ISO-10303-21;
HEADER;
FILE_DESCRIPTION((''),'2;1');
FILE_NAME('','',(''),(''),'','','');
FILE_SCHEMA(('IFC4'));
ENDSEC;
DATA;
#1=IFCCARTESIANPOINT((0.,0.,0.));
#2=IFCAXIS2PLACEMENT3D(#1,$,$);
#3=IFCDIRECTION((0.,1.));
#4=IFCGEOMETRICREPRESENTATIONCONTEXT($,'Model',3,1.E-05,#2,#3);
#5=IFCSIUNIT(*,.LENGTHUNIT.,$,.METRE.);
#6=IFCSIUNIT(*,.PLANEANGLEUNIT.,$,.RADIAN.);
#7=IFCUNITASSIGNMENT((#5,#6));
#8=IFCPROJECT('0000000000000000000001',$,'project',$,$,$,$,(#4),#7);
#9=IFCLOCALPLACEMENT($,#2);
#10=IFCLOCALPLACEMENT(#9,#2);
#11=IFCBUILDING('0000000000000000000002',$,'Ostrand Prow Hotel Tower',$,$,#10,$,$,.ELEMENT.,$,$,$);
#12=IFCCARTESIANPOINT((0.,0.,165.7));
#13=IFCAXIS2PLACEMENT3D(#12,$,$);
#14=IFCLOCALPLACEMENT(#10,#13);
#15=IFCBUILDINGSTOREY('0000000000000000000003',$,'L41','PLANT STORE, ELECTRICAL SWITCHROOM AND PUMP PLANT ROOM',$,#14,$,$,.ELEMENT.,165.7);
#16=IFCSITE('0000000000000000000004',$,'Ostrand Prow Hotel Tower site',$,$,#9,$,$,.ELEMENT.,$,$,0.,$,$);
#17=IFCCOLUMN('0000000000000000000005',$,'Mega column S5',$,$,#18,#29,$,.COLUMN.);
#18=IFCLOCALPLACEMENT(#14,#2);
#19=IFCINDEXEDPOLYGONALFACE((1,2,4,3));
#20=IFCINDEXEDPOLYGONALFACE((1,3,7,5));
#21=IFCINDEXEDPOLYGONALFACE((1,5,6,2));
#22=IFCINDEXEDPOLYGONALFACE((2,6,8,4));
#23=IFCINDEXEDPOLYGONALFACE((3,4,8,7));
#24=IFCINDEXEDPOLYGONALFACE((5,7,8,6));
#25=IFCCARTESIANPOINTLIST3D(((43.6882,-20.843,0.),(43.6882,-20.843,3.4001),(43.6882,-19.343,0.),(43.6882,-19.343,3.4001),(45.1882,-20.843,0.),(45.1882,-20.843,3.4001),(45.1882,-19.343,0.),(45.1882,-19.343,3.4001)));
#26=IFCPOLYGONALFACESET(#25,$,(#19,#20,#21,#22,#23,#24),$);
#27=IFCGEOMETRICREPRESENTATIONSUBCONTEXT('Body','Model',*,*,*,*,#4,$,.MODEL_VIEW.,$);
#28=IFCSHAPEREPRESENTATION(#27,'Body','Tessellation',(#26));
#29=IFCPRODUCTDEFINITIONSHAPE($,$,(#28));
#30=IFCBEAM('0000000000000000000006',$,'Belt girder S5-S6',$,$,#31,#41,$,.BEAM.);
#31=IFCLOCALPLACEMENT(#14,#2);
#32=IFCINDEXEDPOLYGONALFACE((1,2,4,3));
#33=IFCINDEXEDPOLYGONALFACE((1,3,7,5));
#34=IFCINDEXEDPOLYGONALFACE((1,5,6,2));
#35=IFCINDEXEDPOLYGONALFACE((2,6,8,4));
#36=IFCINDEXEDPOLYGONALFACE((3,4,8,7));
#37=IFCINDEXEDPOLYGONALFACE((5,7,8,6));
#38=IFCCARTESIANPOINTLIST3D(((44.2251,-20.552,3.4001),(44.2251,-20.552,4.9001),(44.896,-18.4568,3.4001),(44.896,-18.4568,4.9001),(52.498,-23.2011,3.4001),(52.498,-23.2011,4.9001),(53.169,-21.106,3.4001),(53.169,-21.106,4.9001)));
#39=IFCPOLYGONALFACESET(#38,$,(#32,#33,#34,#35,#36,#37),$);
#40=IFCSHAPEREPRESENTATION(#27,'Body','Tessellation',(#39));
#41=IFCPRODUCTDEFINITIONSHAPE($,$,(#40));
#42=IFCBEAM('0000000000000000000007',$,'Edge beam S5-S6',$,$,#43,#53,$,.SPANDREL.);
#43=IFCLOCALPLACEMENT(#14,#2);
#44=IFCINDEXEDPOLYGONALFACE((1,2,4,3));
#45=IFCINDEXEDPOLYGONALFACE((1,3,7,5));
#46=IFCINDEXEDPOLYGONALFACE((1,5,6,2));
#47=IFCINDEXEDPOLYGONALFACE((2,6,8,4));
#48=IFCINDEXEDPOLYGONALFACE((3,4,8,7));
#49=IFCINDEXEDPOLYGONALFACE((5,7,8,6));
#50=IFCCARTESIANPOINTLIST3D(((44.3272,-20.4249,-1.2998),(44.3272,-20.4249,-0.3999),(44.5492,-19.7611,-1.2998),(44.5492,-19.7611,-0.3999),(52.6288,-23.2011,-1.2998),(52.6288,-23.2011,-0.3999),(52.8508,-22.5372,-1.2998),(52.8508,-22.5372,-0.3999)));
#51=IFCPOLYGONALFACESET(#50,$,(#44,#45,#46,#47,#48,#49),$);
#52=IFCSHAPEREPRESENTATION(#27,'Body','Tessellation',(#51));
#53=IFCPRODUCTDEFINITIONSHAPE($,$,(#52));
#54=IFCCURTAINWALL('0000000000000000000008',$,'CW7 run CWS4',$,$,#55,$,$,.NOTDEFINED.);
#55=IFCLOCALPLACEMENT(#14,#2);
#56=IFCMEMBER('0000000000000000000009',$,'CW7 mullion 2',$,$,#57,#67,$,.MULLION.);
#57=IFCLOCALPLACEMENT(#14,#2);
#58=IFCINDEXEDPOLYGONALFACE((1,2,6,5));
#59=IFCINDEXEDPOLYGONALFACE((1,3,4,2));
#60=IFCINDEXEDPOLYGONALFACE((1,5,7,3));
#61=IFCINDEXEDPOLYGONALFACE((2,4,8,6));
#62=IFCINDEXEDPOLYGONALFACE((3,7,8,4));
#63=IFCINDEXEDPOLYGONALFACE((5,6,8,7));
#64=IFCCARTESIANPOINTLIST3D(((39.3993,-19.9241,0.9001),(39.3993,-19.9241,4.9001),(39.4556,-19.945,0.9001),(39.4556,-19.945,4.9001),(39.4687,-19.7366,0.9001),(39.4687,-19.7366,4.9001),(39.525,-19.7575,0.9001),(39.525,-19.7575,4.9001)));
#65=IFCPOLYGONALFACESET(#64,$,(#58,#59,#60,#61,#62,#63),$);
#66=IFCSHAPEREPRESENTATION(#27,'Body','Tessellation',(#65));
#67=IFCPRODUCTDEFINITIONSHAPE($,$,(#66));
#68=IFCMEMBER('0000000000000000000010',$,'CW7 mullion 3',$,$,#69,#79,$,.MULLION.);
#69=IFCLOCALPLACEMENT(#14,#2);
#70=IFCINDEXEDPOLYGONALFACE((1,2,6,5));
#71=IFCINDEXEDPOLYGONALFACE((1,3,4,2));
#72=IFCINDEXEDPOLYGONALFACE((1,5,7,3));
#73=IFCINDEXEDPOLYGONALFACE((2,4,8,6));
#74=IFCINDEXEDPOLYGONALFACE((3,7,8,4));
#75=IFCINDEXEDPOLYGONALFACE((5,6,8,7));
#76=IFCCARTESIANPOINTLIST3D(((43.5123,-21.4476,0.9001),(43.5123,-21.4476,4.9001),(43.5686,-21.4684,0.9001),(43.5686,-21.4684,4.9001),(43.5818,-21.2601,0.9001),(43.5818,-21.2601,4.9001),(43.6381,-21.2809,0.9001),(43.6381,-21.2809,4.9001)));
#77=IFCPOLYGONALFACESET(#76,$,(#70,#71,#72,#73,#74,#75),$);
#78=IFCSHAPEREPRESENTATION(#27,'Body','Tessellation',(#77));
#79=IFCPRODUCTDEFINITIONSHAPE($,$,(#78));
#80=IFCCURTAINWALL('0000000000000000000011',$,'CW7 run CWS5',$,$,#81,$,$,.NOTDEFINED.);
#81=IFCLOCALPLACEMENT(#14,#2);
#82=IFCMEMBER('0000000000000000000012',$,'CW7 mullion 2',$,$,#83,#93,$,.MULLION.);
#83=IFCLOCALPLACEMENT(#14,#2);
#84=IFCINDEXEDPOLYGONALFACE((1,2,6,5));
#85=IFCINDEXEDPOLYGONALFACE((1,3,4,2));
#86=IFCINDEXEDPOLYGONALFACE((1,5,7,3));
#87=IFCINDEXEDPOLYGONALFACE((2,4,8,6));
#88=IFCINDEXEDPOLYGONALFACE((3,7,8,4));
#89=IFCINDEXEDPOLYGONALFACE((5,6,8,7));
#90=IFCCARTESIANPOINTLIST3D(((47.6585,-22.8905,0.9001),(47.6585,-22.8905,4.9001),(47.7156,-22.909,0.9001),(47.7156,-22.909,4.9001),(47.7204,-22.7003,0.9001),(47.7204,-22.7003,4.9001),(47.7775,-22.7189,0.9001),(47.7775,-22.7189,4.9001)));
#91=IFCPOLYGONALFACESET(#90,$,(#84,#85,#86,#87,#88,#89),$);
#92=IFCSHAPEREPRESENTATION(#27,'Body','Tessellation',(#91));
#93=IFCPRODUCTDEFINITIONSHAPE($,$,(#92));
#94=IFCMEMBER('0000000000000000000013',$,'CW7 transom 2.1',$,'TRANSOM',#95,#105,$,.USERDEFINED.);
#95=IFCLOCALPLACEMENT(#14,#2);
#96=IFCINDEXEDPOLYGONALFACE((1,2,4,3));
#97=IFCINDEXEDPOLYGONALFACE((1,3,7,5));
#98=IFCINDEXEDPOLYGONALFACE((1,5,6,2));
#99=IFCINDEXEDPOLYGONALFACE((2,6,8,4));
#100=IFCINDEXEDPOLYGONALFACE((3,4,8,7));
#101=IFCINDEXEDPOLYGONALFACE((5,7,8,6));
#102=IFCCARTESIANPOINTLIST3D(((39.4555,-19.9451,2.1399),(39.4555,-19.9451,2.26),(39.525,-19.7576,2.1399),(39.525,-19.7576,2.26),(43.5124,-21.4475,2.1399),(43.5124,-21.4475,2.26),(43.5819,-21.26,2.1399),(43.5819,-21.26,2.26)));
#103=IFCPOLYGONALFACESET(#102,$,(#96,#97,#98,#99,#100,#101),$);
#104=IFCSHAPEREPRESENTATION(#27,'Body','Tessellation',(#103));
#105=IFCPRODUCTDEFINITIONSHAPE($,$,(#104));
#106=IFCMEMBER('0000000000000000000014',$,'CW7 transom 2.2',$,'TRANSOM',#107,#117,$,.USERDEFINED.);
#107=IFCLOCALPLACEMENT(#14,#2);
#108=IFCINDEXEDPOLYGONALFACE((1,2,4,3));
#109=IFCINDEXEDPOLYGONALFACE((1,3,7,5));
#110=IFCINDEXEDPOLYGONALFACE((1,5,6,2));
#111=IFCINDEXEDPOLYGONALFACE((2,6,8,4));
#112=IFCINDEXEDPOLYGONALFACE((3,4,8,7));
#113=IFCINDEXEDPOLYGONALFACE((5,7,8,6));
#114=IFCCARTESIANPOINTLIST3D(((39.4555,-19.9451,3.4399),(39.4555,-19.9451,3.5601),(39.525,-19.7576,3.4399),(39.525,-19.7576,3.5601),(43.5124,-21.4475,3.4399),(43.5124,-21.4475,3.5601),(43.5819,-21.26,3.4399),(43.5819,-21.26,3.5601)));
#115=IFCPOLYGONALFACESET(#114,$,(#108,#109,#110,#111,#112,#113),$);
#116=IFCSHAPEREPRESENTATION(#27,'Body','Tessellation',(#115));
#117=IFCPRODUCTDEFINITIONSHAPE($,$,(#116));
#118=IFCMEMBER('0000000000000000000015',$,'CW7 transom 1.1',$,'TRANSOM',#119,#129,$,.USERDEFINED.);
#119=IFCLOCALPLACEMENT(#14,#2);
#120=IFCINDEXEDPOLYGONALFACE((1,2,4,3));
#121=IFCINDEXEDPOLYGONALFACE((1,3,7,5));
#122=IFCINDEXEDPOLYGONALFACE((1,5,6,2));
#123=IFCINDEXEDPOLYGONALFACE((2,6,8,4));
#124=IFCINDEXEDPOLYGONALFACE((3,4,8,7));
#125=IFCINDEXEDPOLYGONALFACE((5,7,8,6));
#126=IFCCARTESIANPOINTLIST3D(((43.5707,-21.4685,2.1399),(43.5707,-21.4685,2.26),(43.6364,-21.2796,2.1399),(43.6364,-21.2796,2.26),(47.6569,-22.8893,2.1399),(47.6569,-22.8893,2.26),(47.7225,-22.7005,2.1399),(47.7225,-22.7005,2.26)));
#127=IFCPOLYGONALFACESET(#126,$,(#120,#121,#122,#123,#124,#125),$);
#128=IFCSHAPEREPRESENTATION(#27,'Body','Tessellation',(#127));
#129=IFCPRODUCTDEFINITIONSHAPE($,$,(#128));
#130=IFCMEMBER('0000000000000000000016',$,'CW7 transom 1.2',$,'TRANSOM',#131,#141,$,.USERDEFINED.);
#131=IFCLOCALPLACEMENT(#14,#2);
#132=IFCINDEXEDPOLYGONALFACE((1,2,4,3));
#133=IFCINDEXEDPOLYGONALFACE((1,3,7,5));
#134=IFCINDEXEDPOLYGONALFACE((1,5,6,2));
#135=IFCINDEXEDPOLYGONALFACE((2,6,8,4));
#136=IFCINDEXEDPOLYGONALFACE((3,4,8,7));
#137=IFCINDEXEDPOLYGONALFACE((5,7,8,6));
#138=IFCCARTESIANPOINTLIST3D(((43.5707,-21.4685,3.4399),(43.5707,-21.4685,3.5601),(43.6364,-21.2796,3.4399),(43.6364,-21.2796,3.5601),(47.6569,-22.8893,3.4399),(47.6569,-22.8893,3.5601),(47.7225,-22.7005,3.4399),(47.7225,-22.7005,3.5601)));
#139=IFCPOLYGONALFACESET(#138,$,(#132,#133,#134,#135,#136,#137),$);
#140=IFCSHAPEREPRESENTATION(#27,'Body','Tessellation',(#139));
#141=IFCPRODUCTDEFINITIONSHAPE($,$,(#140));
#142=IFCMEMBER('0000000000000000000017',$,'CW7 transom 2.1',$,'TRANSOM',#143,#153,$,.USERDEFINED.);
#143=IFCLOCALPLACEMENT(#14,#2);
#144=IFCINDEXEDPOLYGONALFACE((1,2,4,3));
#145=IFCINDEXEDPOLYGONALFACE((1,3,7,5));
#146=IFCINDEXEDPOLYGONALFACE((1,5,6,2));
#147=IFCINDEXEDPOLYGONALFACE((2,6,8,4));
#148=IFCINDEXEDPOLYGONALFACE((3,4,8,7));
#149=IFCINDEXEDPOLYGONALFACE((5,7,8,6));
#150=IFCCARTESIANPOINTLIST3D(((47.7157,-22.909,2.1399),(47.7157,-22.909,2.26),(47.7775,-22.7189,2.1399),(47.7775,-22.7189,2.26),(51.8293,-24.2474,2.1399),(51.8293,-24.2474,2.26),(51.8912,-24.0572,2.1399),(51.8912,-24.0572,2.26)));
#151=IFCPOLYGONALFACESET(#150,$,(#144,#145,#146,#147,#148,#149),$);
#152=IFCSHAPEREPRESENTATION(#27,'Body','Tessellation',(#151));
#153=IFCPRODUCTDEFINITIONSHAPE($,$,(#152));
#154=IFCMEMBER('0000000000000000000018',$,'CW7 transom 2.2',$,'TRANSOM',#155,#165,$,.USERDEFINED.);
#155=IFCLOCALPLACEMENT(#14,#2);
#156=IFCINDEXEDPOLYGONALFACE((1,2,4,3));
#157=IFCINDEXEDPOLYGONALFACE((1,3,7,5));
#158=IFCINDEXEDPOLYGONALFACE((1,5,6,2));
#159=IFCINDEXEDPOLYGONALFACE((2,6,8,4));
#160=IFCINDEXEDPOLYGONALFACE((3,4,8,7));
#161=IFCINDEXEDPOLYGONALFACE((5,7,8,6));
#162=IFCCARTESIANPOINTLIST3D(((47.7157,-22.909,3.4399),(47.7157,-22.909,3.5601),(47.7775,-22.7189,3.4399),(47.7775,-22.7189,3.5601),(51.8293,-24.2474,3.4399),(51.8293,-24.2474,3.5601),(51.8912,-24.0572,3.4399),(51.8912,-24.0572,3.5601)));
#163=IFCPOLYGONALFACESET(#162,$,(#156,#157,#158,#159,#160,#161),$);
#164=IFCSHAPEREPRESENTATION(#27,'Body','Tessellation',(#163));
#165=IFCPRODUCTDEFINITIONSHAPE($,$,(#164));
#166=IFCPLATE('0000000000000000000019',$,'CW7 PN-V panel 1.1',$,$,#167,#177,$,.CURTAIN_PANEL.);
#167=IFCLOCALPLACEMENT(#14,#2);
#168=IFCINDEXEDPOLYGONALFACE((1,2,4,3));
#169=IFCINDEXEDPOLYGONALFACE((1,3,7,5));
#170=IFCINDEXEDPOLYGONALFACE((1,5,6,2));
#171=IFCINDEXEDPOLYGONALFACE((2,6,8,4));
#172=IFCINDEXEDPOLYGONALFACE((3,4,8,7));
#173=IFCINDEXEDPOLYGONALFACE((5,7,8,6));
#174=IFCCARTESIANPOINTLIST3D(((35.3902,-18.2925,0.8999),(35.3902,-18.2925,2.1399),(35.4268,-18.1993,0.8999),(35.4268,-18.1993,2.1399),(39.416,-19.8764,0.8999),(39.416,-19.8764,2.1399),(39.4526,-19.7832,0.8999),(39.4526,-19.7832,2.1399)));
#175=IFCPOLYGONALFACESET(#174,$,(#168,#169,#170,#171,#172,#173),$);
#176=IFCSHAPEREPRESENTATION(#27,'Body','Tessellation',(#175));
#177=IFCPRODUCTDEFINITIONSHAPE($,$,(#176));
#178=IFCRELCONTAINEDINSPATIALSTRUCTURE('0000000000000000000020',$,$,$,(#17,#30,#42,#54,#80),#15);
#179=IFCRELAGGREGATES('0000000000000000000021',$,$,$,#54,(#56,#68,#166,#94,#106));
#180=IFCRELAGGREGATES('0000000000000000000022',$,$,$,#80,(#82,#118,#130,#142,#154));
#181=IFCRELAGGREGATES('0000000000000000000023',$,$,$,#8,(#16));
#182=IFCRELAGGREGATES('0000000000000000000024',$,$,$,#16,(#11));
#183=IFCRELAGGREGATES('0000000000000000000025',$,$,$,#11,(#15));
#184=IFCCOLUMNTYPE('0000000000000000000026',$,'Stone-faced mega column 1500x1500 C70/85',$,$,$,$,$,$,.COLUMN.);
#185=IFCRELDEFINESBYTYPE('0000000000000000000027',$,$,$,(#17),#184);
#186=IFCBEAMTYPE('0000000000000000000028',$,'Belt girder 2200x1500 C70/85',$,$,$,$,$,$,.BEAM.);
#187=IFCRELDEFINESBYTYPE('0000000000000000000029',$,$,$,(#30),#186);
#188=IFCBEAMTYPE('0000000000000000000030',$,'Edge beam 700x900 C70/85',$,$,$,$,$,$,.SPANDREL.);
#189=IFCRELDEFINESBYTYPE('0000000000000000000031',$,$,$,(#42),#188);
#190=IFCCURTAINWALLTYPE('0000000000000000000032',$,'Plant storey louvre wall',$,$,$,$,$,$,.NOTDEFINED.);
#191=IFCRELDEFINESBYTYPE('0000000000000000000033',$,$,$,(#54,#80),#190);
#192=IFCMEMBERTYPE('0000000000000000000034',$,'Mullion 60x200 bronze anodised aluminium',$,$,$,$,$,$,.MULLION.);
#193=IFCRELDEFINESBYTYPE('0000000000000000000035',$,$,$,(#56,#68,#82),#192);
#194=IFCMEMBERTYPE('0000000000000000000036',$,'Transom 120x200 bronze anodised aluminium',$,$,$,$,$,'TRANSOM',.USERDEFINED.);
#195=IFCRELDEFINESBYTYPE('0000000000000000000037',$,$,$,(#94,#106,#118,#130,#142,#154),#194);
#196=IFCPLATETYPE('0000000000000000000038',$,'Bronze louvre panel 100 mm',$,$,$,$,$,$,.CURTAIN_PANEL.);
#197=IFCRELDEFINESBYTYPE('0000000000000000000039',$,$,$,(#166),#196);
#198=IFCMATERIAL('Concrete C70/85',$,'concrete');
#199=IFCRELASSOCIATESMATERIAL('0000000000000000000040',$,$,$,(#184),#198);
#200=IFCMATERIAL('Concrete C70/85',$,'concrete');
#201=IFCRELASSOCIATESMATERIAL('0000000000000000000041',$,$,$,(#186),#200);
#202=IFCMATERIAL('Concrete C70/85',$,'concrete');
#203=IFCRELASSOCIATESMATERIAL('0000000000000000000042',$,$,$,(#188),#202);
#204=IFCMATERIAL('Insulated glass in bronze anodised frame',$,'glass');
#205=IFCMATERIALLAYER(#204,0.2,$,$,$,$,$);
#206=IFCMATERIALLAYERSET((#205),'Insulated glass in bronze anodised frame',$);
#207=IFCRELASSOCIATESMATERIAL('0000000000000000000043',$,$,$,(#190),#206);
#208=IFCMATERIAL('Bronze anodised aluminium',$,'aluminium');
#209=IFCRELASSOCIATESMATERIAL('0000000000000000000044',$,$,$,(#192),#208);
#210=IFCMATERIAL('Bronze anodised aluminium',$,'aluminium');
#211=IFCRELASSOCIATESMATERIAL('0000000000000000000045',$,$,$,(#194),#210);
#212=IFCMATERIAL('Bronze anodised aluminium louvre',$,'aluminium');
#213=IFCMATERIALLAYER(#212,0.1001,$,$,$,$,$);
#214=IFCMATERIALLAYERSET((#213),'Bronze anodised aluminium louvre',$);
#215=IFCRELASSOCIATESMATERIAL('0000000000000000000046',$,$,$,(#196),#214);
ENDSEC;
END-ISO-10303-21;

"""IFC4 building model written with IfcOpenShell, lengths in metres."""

from ifc_helpers import new_model, si_unit, direction, frame, origin, origin_2d, place, context, subcontext, project, spatial, rectangle, extrude, material, layer, layer_set, material_profile, profile_set, type_object, element, aggregate, save


model = new_model("IFC4")

# Units and contexts
model_context = context("Model", 3, precision=1e-05, world=origin(), true_north=direction((0.0, 1.0)))
body_context = subcontext(model_context, "Body", "Model", "MODEL_VIEW")
ifc_project = project(units=[si_unit("LENGTHUNIT", "METRE"), si_unit("PLANEANGLEUNIT", "RADIAN")], contexts=[model_context])

# Site, building, storey
site_placement = place(None, origin())
site = spatial("IfcSite", under=ifc_project, at=site_placement, Name="Ostrand Prow Hotel Tower site", CompositionType="ELEMENT", RefElevation=0.0)
building_placement = place(site_placement, origin())
building = spatial("IfcBuilding", under=site, at=building_placement, Name="Ostrand Prow Hotel Tower", CompositionType="ELEMENT")
storey_placement = place(building_placement, frame((0.0, 0.0, 165.7)))
storey = spatial("IfcBuildingStorey", under=building, at=storey_placement, Name="L41", Description="PLANT STORE, ELECTRICAL SWITCHROOM AND PUMP PLANT ROOM", CompositionType="ELEMENT", Elevation=165.7)

# Column
ifc_material_1 = material(Name="Concrete C70/85", Category="concrete")
ifc_material_profile_1 = material_profile(ifc_material_1, rectangle(XDim=1.5, YDim=1.5, at=origin_2d()), Name="RC 1500x1500")
ifc_profile_set_1 = profile_set([ifc_material_profile_1], Name="Concrete C70/85")
column_type = type_object("IfcColumnType", Name="Stone-faced mega column 1500x1500 C70/85", PredefinedType="COLUMN", material=ifc_profile_set_1)
column_placement = place(storey_placement, frame((44.4382, -20.093, 0.0), z_axis=(0.0, 0.0, 1.0), x_axis=(1.0, 0.0, 0.0)))
element("IfcColumn", 1, at=column_placement, inside=storey, type_object=column_type, Name="Mega column S5", PredefinedType="COLUMN", context=body_context, shape_type="SweptSolid", body=[
    extrude(rectangle(XDim=1.5, YDim=1.5, at=origin_2d()), origin(), (0.0, 0.0, 1.0), 3.4001),
])

# Beams
ifc_material_2 = material(Name="Concrete C70/85", Category="concrete")
ifc_material_profile_2 = material_profile(ifc_material_2, rectangle(XDim=2.2, YDim=1.5, at=origin_2d()), Name="RC 2200x1500")
ifc_profile_set_2 = profile_set([ifc_material_profile_2], Name="Concrete C70/85")
beam_type_1 = type_object("IfcBeamType", Name="Belt girder 2200x1500 C70/85", PredefinedType="BEAM", material=ifc_profile_set_2)
beam_1_placement = place(storey_placement, frame((44.5605, -19.5044, 4.1501), z_axis=(0.952363, -0.304966, 0.0), x_axis=(0.304966, 0.952363, 0.0)))
element("IfcBeam", 2, at=beam_1_placement, inside=storey, type_object=beam_type_1, Name="Belt girder S5-S6", PredefinedType="BEAM", context=body_context, shape_type="SweptSolid", body=[
    extrude(rectangle(XDim=2.2, YDim=1.5, at=origin_2d()), origin(), (0.0, 0.0, 1.0), 8.6868),
])
ifc_material_3 = material(Name="Concrete C70/85", Category="concrete")
ifc_material_profile_3 = material_profile(ifc_material_3, rectangle(XDim=0.7, YDim=0.8999, at=origin_2d()), Name="RC 700x900")
ifc_profile_set_3 = profile_set([ifc_material_profile_3], Name="Concrete C70/85")
beam_type_2 = type_object("IfcBeamType", Name="Edge beam 700x900 C70/85", PredefinedType="SPANDREL", material=ifc_profile_set_3)
beam_2_placement = place(storey_placement, frame((44.4382, -20.093, -0.8499), z_axis=(0.948376, -0.317148, 0.0), x_axis=(0.317148, 0.948376, 0.0)))
element("IfcBeam", 3, at=beam_2_placement, inside=storey, type_object=beam_type_2, Name="Edge beam S5-S6", PredefinedType="SPANDREL", context=body_context, shape_type="SweptSolid", body=[
    extrude(rectangle(XDim=0.7, YDim=0.8999, at=origin_2d()), origin(), (0.0, 0.0, 1.0), 8.7534),
])

# Curtain wall, members
ifc_material_4 = material(Name="Insulated glass in bronze anodised frame", Category="glass")
ifc_layer_1 = layer(ifc_material_4, 0.2)
ifc_layer_set_1 = layer_set([ifc_layer_1], Name="Insulated glass in bronze anodised frame")
curtain_wall_type = type_object("IfcCurtainWallType", Name="Plant storey louvre wall", PredefinedType="NOTDEFINED", material=ifc_layer_set_1)
curtain_wall_1_placement = place(storey_placement, origin())
curtain_wall_1 = element("IfcCurtainWall", 4, at=curtain_wall_1_placement, inside=storey, type_object=curtain_wall_type, Name="CW7 run CWS4", PredefinedType="NOTDEFINED")
ifc_material_5 = material(Name="Bronze anodised aluminium", Category="aluminium")
ifc_material_profile_4 = material_profile(ifc_material_5, rectangle(XDim=0.2, YDim=0.0601, at=origin_2d()), Name="Mullion 60x200 bronze anodised aluminium")
ifc_profile_set_4 = profile_set([ifc_material_profile_4], Name="Bronze anodised aluminium")
member_type_1 = type_object("IfcMemberType", Name="Mullion 60x200 bronze anodised aluminium", PredefinedType="MULLION", material=ifc_profile_set_4)
member_1_placement = place(storey_placement, frame((39.4622, -19.8408, 0.9001), z_axis=(0.0, 0.0, 1.0), x_axis=(0.347342, 0.937739, 0.0)))
member_1 = element("IfcMember", 5, at=member_1_placement, type_object=member_type_1, Name="CW7 mullion 2", PredefinedType="MULLION", context=body_context, shape_type="SweptSolid", body=[
    extrude(rectangle(XDim=0.2, YDim=0.0601, at=origin_2d()), origin(), (0.0, 0.0, 1.0), 4.0),
])
member_2_placement = place(storey_placement, frame((43.5752, -21.3643, 0.9001), z_axis=(0.0, 0.0, 1.0), x_axis=(0.347342, 0.937739, 0.0)))
member_2 = element("IfcMember", 6, at=member_2_placement, type_object=member_type_1, Name="CW7 mullion 3", PredefinedType="MULLION", context=body_context, shape_type="SweptSolid", body=[
    extrude(rectangle(XDim=0.2, YDim=0.0601, at=origin_2d()), origin(), (0.0, 0.0, 1.0), 4.0),
])

# Curtain wall, member
curtain_wall_2_placement = place(storey_placement, origin())
curtain_wall_2 = element("IfcCurtainWall", 7, at=curtain_wall_2_placement, inside=storey, type_object=curtain_wall_type, Name="CW7 run CWS5", PredefinedType="NOTDEFINED")
member_3_placement = place(storey_placement, frame((47.718, -22.8047, 0.9001), z_axis=(0.0, 0.0, 1.0), x_axis=(0.30938, 0.950938, 0.0)))
member_3 = element("IfcMember", 8, at=member_3_placement, type_object=member_type_1, Name="CW7 mullion 2", PredefinedType="MULLION", context=body_context, shape_type="SweptSolid", body=[
    extrude(rectangle(XDim=0.2, YDim=0.0601, at=origin_2d()), origin(), (0.0, 0.0, 1.0), 4.0),
])

# Members
ifc_material_6 = material(Name="Bronze anodised aluminium", Category="aluminium")
ifc_material_profile_5 = material_profile(ifc_material_6, rectangle(XDim=0.2, YDim=0.1201, at=origin_2d()), Name="Transom 120x200 bronze anodised aluminium")
ifc_profile_set_5 = profile_set([ifc_material_profile_5], Name="Bronze anodised aluminium")
member_type_2 = type_object("IfcMemberType", Name="Transom 120x200 bronze anodised aluminium", ElementType="TRANSOM", PredefinedType="USERDEFINED", material=ifc_profile_set_5)
member_4_placement = place(storey_placement, frame((39.4902, -19.8513, 2.2), z_axis=(0.937757, -0.347292, 0.0), x_axis=(0.347292, 0.937757, 0.0)))
member_4 = element("IfcMember", 9, at=member_4_placement, type_object=member_type_2, Name="CW7 transom 2.1", ObjectType="TRANSOM", PredefinedType="USERDEFINED", context=body_context, shape_type="SweptSolid", body=[
    extrude(rectangle(XDim=0.2, YDim=0.1201, at=origin_2d()), origin(), (0.0, 0.0, 1.0), 4.3262),
])
member_5_placement = place(storey_placement, frame((39.4902, -19.8513, 3.5), z_axis=(0.937757, -0.347292, 0.0), x_axis=(0.347292, 0.937757, 0.0)))
member_5 = element("IfcMember", 10, at=member_5_placement, type_object=member_type_2, Name="CW7 transom 2.2", ObjectType="TRANSOM", PredefinedType="USERDEFINED", context=body_context, shape_type="SweptSolid", body=[
    extrude(rectangle(XDim=0.2, YDim=0.1201, at=origin_2d()), origin(), (0.0, 0.0, 1.0), 4.3262),
])
member_6_placement = place(storey_placement, frame((43.6035, -21.374, 2.2), z_axis=(0.944524, -0.328442, 0.0), x_axis=(0.328442, 0.944524, 0.0)))
member_6 = element("IfcMember", 11, at=member_6_placement, type_object=member_type_2, Name="CW7 transom 1.1", ObjectType="TRANSOM", PredefinedType="USERDEFINED", context=body_context, shape_type="SweptSolid", body=[
    extrude(rectangle(XDim=0.2, YDim=0.1201, at=origin_2d()), origin(), (0.0, 0.0, 1.0), 4.3262),
])
member_7_placement = place(storey_placement, frame((43.6035, -21.374, 3.5), z_axis=(0.944524, -0.328442, 0.0), x_axis=(0.328442, 0.944524, 0.0)))
member_7 = element("IfcMember", 12, at=member_7_placement, type_object=member_type_2, Name="CW7 transom 1.2", ObjectType="TRANSOM", PredefinedType="USERDEFINED", context=body_context, shape_type="SweptSolid", body=[
    extrude(rectangle(XDim=0.2, YDim=0.1201, at=origin_2d()), origin(), (0.0, 0.0, 1.0), 4.3262),
])
member_8_placement = place(storey_placement, frame((47.7466, -22.814, 2.2), z_axis=(0.950939, -0.30938, 0.0), x_axis=(0.30938, 0.950939, 0.0)))
member_8 = element("IfcMember", 13, at=member_8_placement, type_object=member_type_2, Name="CW7 transom 2.1", ObjectType="TRANSOM", PredefinedType="USERDEFINED", context=body_context, shape_type="SweptSolid", body=[
    extrude(rectangle(XDim=0.2, YDim=0.1201, at=origin_2d()), origin(), (0.0, 0.0, 1.0), 4.3259),
])
member_9_placement = place(storey_placement, frame((47.7466, -22.814, 3.5), z_axis=(0.950939, -0.30938, 0.0), x_axis=(0.30938, 0.950939, 0.0)))
member_9 = element("IfcMember", 14, at=member_9_placement, type_object=member_type_2, Name="CW7 transom 2.2", ObjectType="TRANSOM", PredefinedType="USERDEFINED", context=body_context, shape_type="SweptSolid", body=[
    extrude(rectangle(XDim=0.2, YDim=0.1201, at=origin_2d()), origin(), (0.0, 0.0, 1.0), 4.3259),
])

# Plate
ifc_material_7 = material(Name="Bronze anodised aluminium louvre", Category="aluminium")
ifc_layer_2 = layer(ifc_material_7, 0.1001)
ifc_layer_set_2 = layer_set([ifc_layer_2], Name="Bronze anodised aluminium louvre")
plate_type = type_object("IfcPlateType", Name="Bronze louvre panel 100 mm", PredefinedType="CURTAIN_PANEL", material=ifc_layer_set_2)
plate_1_placement = place(storey_placement, frame((37.4214, -19.0378, 0.8999), z_axis=(0.0, 0.0, 1.0), x_axis=(0.930569, -0.366116, 0.0)))
plate_1 = element("IfcPlate", 15, at=plate_1_placement, type_object=plate_type, Name="CW7 PN-V panel 1.1", PredefinedType="CURTAIN_PANEL", context=body_context, shape_type="SweptSolid", body=[
    extrude(rectangle(XDim=4.3262, YDim=0.1001, at=origin_2d()), origin(), (0.0, 0.0, 1.0), 1.24),
])
aggregate(curtain_wall_1, [member_1, member_2, plate_1, member_4, member_5])
aggregate(curtain_wall_2, [member_3, member_6, member_7, member_8, member_9])

save(model, "model.ifc")
